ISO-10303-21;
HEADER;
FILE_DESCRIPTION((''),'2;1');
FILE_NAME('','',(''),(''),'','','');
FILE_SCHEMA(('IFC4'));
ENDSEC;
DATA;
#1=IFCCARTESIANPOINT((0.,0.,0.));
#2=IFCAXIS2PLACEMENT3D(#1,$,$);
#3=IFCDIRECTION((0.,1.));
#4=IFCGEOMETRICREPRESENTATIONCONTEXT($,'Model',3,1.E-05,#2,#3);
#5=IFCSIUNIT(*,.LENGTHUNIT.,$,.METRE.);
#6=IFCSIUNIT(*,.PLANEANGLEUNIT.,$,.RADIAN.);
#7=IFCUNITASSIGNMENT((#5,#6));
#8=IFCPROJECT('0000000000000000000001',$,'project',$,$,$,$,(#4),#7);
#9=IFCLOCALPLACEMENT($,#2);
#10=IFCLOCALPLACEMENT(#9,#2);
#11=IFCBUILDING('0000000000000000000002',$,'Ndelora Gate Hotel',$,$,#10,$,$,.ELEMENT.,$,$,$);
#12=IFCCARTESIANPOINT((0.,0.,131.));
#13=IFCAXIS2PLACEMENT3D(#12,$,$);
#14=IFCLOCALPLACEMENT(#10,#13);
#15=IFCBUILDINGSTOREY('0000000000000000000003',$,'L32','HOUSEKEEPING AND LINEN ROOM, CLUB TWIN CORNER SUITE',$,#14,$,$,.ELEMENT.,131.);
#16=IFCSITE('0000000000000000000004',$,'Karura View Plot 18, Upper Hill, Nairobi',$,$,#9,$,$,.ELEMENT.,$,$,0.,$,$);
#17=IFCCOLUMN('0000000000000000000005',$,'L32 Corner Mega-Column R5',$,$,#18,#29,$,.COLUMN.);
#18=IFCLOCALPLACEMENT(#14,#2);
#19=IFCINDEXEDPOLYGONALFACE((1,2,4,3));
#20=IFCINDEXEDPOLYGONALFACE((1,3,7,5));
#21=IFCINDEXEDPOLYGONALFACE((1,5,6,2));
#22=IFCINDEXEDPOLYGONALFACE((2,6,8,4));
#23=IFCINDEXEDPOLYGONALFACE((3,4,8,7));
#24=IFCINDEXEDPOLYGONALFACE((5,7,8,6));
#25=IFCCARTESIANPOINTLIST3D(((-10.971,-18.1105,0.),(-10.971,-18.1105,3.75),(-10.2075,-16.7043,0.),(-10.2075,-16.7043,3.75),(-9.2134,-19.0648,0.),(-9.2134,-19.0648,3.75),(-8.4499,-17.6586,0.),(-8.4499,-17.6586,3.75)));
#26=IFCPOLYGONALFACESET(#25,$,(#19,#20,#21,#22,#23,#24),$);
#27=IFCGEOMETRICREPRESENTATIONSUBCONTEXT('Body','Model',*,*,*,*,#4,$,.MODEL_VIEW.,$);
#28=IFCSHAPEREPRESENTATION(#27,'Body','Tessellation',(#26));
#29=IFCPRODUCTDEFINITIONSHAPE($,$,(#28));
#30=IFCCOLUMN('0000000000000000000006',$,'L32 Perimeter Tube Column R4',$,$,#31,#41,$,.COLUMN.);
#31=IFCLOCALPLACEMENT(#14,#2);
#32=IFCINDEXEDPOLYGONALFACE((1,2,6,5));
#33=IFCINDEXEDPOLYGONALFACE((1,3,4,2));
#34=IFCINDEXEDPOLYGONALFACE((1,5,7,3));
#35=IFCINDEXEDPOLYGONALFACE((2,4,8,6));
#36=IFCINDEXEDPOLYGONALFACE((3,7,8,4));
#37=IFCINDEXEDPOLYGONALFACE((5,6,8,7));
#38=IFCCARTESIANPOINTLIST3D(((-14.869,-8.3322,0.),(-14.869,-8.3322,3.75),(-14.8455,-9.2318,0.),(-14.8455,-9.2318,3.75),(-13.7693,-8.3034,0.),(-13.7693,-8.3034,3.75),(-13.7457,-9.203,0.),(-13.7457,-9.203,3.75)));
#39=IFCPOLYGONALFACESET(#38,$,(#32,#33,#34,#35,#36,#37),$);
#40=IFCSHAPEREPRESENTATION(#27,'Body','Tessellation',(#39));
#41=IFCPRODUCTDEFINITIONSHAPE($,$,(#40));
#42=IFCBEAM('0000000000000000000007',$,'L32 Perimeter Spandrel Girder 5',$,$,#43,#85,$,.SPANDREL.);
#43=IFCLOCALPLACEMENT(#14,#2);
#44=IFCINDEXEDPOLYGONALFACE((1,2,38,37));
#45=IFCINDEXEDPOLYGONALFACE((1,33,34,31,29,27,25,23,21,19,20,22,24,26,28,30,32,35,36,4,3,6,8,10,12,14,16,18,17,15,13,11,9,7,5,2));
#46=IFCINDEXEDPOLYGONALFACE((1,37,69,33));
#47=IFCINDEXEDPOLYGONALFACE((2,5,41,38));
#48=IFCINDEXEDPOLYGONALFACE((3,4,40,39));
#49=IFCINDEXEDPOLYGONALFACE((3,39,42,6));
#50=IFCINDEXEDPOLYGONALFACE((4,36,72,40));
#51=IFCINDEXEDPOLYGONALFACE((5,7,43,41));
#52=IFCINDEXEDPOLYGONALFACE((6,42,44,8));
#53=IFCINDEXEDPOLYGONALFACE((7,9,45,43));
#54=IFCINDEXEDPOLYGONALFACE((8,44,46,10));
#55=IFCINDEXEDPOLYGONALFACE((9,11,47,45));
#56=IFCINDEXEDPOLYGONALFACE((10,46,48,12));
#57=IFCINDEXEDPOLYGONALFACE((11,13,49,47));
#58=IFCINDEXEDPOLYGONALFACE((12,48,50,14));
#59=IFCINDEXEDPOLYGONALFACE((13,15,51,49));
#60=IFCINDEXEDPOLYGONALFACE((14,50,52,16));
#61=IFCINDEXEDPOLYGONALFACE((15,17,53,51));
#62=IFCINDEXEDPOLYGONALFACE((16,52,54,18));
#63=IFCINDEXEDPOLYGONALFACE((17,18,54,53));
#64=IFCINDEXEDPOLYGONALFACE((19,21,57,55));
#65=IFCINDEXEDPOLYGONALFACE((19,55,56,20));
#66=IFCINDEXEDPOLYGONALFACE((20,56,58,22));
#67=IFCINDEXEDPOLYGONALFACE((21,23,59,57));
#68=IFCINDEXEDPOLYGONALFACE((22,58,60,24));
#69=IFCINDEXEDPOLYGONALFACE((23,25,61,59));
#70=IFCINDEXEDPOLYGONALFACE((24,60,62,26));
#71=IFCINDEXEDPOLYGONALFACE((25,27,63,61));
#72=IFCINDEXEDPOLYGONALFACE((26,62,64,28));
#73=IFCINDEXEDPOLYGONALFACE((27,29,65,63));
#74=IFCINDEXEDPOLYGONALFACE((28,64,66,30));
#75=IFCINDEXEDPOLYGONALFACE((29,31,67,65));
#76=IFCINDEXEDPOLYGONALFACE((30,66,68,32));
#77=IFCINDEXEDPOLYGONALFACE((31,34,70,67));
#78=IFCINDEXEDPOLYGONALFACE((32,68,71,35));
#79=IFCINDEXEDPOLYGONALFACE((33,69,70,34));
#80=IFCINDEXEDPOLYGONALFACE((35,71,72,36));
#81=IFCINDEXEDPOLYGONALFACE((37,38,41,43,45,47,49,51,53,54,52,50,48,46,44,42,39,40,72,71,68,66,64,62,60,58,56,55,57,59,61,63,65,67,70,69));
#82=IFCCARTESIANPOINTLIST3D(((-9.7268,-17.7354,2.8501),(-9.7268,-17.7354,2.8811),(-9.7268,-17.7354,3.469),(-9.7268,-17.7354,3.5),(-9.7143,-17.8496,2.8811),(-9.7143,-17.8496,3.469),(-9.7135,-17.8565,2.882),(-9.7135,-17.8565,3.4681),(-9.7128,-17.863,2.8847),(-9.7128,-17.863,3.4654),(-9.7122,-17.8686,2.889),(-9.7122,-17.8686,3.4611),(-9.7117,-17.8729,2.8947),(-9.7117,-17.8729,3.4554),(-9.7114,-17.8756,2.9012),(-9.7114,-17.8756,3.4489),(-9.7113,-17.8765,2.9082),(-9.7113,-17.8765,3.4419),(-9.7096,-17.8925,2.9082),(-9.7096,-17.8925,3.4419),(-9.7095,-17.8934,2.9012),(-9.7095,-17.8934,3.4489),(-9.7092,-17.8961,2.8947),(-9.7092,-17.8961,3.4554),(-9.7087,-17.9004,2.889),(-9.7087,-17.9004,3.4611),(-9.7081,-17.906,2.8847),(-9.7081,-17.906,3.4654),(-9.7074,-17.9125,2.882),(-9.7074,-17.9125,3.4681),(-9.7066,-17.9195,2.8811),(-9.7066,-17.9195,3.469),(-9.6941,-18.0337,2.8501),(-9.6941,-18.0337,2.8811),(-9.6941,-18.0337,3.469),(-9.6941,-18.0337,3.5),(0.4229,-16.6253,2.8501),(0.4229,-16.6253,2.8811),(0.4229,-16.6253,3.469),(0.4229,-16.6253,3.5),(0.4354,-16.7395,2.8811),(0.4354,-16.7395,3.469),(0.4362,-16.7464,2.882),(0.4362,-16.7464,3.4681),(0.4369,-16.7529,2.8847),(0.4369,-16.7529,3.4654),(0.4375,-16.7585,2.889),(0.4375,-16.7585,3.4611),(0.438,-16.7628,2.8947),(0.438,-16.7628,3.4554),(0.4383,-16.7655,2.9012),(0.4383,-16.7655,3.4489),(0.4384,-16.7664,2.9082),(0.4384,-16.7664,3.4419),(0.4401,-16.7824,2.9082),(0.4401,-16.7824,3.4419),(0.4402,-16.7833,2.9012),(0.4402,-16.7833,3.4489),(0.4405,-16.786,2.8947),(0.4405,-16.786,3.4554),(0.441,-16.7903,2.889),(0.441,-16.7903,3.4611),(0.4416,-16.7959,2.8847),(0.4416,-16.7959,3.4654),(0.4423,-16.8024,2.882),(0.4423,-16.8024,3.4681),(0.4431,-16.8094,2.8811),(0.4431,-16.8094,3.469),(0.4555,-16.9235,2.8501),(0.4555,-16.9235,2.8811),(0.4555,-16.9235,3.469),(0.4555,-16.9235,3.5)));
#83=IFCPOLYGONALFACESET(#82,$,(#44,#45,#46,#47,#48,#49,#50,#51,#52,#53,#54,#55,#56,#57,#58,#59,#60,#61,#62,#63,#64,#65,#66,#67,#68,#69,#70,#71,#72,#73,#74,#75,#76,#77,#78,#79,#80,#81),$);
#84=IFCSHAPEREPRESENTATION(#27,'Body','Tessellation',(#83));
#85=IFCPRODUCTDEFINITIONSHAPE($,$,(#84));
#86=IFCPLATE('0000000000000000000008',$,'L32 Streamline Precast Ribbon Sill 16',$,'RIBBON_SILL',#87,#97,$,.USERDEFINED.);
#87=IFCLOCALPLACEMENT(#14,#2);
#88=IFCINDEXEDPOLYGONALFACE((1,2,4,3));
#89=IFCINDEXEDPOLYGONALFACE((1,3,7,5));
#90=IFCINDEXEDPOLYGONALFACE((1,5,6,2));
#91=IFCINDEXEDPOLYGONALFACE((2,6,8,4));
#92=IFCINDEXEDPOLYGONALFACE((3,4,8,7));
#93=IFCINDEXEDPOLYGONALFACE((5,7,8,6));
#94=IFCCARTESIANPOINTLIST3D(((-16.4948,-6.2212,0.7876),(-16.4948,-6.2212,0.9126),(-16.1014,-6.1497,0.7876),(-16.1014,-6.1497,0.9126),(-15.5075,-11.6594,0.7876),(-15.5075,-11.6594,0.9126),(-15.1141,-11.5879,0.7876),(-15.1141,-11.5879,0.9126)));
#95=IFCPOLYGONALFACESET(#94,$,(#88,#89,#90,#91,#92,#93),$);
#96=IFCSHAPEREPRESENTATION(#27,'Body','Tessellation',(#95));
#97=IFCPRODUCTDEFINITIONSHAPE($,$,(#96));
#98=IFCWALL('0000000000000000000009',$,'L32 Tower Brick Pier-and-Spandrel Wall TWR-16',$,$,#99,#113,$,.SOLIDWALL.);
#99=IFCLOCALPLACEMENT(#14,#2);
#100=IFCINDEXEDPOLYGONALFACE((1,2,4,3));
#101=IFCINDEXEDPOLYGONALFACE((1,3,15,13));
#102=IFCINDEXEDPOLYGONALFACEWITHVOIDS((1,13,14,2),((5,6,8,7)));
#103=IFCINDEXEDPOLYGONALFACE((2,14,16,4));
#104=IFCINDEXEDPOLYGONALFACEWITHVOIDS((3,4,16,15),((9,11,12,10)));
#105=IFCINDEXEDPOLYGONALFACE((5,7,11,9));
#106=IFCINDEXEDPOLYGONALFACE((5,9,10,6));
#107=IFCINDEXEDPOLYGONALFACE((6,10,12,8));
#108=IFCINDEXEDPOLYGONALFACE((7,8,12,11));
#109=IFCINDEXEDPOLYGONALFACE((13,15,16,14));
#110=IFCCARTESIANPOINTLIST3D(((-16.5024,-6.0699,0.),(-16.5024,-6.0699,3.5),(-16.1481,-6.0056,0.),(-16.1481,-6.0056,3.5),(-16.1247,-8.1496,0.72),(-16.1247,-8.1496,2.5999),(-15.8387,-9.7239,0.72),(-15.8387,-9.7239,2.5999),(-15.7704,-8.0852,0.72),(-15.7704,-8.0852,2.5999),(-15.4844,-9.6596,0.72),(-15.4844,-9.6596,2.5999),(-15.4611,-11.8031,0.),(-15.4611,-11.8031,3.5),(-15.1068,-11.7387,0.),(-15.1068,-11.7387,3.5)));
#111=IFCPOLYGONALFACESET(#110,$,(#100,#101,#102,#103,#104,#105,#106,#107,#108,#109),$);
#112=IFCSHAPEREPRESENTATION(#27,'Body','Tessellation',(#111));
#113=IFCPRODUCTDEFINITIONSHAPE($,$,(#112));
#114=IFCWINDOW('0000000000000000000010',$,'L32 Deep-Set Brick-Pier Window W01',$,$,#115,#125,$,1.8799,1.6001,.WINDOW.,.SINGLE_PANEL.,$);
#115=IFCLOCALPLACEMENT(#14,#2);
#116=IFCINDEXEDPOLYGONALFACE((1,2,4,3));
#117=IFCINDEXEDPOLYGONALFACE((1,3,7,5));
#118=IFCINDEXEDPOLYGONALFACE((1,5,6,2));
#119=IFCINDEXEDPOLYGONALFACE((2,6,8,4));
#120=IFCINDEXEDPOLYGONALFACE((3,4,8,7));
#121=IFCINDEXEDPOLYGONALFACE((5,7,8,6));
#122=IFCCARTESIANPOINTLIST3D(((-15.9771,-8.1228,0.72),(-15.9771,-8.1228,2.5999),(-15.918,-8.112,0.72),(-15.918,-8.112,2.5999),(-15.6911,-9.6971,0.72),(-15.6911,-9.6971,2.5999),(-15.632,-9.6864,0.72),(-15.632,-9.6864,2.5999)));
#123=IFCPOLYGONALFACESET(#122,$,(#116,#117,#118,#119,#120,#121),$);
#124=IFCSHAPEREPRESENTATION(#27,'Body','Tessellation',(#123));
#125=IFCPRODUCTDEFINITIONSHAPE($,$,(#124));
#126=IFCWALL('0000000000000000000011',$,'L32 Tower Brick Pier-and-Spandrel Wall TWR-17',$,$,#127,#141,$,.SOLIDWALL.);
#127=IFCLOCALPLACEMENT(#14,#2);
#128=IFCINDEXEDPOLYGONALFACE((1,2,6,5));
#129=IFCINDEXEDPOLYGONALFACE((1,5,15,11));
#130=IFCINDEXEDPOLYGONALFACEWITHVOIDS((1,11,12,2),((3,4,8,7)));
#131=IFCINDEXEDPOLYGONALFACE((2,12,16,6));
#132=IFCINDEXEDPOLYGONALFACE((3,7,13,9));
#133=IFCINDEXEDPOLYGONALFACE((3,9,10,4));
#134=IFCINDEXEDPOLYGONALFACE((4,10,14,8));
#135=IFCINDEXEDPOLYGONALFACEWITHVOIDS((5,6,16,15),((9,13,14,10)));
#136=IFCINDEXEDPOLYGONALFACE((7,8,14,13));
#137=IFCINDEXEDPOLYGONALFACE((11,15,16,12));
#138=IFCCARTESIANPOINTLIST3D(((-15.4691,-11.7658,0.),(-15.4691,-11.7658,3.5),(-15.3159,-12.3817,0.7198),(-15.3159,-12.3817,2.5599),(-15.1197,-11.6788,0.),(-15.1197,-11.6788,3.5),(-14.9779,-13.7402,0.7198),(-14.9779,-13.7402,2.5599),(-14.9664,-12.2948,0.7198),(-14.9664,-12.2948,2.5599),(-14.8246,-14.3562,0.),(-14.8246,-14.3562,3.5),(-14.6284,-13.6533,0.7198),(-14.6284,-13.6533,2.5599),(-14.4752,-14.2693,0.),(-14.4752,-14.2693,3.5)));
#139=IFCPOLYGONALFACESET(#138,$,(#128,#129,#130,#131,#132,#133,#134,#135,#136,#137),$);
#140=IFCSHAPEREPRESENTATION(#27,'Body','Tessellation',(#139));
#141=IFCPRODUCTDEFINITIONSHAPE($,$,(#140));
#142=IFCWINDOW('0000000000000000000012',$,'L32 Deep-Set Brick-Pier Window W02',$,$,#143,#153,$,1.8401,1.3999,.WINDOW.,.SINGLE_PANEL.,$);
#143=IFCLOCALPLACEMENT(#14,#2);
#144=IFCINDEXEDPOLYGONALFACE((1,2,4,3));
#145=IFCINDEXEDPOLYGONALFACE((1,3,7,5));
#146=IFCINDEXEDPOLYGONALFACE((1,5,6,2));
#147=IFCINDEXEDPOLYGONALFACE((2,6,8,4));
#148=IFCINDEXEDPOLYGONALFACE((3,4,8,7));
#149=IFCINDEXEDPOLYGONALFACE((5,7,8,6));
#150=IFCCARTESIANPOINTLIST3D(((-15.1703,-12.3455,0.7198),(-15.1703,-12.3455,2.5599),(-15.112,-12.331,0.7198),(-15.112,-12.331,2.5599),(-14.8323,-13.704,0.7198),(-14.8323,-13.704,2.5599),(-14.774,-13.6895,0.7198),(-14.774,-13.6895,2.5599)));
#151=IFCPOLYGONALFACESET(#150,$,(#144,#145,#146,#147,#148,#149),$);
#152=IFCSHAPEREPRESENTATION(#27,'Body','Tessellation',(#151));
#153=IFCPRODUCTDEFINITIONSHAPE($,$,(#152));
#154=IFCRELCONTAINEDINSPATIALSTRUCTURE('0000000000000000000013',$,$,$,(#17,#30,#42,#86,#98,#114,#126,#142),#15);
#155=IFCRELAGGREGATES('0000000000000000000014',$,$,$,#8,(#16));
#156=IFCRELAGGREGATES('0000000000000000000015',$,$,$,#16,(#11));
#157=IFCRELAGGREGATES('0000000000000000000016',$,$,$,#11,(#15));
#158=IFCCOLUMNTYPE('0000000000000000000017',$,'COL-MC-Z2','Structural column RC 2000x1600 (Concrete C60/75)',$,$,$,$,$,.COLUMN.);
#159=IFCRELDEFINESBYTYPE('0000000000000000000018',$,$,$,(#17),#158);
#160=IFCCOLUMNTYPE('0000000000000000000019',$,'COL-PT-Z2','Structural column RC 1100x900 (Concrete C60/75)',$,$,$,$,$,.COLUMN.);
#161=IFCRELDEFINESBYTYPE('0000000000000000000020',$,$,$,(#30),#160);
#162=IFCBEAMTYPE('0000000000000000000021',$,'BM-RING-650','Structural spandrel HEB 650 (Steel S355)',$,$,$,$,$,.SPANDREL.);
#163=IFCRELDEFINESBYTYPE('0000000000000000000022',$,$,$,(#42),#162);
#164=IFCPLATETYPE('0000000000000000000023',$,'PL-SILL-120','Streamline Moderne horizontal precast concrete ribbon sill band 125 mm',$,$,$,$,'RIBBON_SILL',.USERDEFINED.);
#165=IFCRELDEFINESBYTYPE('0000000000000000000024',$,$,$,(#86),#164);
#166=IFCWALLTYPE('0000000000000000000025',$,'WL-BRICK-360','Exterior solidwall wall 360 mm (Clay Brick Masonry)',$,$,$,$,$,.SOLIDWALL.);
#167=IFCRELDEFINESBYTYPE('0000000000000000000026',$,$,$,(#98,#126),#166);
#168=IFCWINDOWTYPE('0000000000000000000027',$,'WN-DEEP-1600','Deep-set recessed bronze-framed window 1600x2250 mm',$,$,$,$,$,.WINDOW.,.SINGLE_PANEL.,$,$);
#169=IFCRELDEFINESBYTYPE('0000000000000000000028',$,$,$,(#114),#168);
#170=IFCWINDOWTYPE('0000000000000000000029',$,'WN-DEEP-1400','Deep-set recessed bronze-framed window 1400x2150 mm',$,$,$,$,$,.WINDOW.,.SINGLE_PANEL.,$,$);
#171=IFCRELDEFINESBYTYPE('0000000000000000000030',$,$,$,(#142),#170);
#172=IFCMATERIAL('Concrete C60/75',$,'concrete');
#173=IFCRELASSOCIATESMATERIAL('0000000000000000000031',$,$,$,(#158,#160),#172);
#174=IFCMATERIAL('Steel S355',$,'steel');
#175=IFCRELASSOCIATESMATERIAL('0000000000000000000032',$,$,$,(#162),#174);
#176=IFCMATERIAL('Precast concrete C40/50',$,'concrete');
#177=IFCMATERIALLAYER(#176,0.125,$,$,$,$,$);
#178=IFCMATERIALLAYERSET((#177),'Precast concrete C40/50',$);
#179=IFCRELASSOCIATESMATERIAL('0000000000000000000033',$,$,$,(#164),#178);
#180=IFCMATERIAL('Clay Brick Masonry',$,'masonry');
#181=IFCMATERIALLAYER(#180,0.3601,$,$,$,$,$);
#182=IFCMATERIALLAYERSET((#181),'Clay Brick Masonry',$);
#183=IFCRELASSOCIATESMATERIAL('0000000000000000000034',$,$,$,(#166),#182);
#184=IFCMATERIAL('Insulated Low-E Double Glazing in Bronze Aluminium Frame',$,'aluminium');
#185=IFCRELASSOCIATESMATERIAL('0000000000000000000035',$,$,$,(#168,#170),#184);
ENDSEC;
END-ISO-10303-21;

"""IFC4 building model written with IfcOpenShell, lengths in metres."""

from ifc_helpers import new_model, si_unit, direction, frame, frame_2d, origin, origin_2d, place, context, subcontext, project, spatial, rectangle, i_section, extrude, material, layer, layer_set, material_profile, profile_set, type_object, element, fill, save


model = new_model("IFC4")

# Units and contexts
model_context = context("Model", 3, precision=1e-05, world=origin(), true_north=direction((0.0, 1.0)))
body_context = subcontext(model_context, "Body", "Model", "MODEL_VIEW")
ifc_project = project(units=[si_unit("LENGTHUNIT", "METRE"), si_unit("PLANEANGLEUNIT", "RADIAN")], contexts=[model_context])

# Site, building, storey
site_placement = place(None, origin())
site = spatial("IfcSite", under=ifc_project, at=site_placement, Name="Karura View Plot 18, Upper Hill, Nairobi", CompositionType="ELEMENT", RefElevation=0.0)
building_placement = place(site_placement, origin())
building = spatial("IfcBuilding", under=site, at=building_placement, Name="Ndelora Gate Hotel", CompositionType="ELEMENT")
storey_placement = place(building_placement, frame((0.0, 0.0, 131.0)))
storey = spatial("IfcBuildingStorey", under=building, at=storey_placement, Name="L32", Description="HOUSEKEEPING AND LINEN ROOM, CLUB TWIN CORNER SUITE", CompositionType="ELEMENT", Elevation=131.0)

# Columns
ifc_material_1 = material(Name="Concrete C60/75", Category="concrete")
ifc_material_profile_1 = material_profile(ifc_material_1, rectangle(XDim=1.6001, YDim=2.0, at=origin_2d()), Name="RC 2000x1600")
ifc_profile_set_1 = profile_set([ifc_material_profile_1], Name="Concrete C60/75")
column_type_1 = type_object("IfcColumnType", Name="COL-MC-Z2", Description="Structural column RC 2000x1600 (Concrete C60/75)", PredefinedType="COLUMN", material=ifc_profile_set_1)
column_1_placement = place(storey_placement, frame((-9.7104, -17.8845, 0.0), z_axis=(0.0, 0.0, 1.0), x_axis=(0.477159, 0.878817, 0.0)))
element("IfcColumn", 1, at=column_1_placement, inside=storey, type_object=column_type_1, Name="L32 Corner Mega-Column R5", PredefinedType="COLUMN", context=body_context, shape_type="SweptSolid", body=[
    extrude(rectangle(XDim=1.6001, YDim=2.0, at=origin_2d()), origin(), (0.0, 0.0, 1.0), 3.75),
])
ifc_material_profile_2 = material_profile(ifc_material_1, rectangle(XDim=0.8999, YDim=1.1001, at=origin_2d()), Name="RC 1100x900")
ifc_profile_set_2 = profile_set([ifc_material_profile_2], Name="Concrete C60/75")
column_type_2 = type_object("IfcColumnType", Name="COL-PT-Z2", Description="Structural column RC 1100x900 (Concrete C60/75)", PredefinedType="COLUMN", material=ifc_profile_set_2)
column_2_placement = place(storey_placement, frame((-14.3074, -8.7676, 0.0), z_axis=(0.0, 0.0, 1.0), x_axis=(-0.026177, 0.999657, 0.0)))
element("IfcColumn", 2, at=column_2_placement, inside=storey, type_object=column_type_2, Name="L32 Perimeter Tube Column R4", PredefinedType="COLUMN", context=body_context, shape_type="SweptSolid", body=[
    extrude(rectangle(XDim=0.8999, YDim=1.1001, at=origin_2d()), origin(), (0.0, 0.0, 1.0), 3.75),
])

# Beam
ifc_material_2 = material(Name="Steel S355", Category="steel")
ifc_material_profile_3 = material_profile(ifc_material_2, i_section(OverallWidth=0.3, OverallDepth=0.6499, WebThickness=0.0161, FlangeThickness=0.031, FilletRadius=0.0271, at=origin_2d()), Name="HEB 650")
ifc_profile_set_3 = profile_set([ifc_material_profile_3], Name="Steel S355")
beam_type = type_object("IfcBeamType", Name="BM-RING-650", Description="Structural spandrel HEB 650 (Steel S355)", PredefinedType="SPANDREL", material=ifc_profile_set_3)
beam_placement = place(storey_placement, frame((-9.7104, -17.8845, 3.175), z_axis=(0.994072, 0.108725, 0.0), x_axis=(-0.108725, 0.994072, 0.0)))
element("IfcBeam", 3, at=beam_placement, inside=storey, type_object=beam_type, Name="L32 Perimeter Spandrel Girder 5", PredefinedType="SPANDREL", context=body_context, shape_type="SweptSolid", body=[
    extrude(i_section(OverallWidth=0.3, OverallDepth=0.6499, WebThickness=0.0161, FlangeThickness=0.031, FilletRadius=0.0271, at=origin_2d()), origin(), (0.0, 0.0, 1.0), 10.2102),
])

# Plate
ifc_material_3 = material(Name="Precast concrete C40/50", Category="concrete")
ifc_layer_1 = layer(ifc_material_3, 0.125)
ifc_layer_set_1 = layer_set([ifc_layer_1], Name="Precast concrete C40/50")
plate_type = type_object("IfcPlateType", Name="PL-SILL-120", Description="Streamline Moderne horizontal precast concrete ribbon sill band 125 mm", ElementType="RIBBON_SILL", PredefinedType="USERDEFINED", material=ifc_layer_set_1)
plate_placement = place(storey_placement, frame((-15.8044, -8.9045, 0.7876), z_axis=(0.0, 0.0, 1.0), x_axis=(-0.17863, 0.983916, 0.0)))
element("IfcPlate", 4, at=plate_placement, inside=storey, type_object=plate_type, Name="L32 Streamline Precast Ribbon Sill 16", ObjectType="RIBBON_SILL", PredefinedType="USERDEFINED", context=body_context, shape_type="SweptSolid", body=[
    extrude(rectangle(XDim=5.5271, YDim=0.3999, at=origin_2d()), origin(), (0.0, 0.0, 1.0), 0.125),
])

# Walls, openings, windows
ifc_material_4 = material(Name="Clay Brick Masonry", Category="masonry")
ifc_layer_2 = layer(ifc_material_4, 0.3601)
ifc_layer_set_2 = layer_set([ifc_layer_2], Name="Clay Brick Masonry")
wall_type = type_object("IfcWallType", Name="WL-BRICK-360", Description="Exterior solidwall wall 360 mm (Clay Brick Masonry)", PredefinedType="SOLIDWALL", material=ifc_layer_set_2)
wall_1_placement = place(storey_placement, frame((-15.2839, -11.771, 0.0), z_axis=(0.0, 0.0, 1.0), x_axis=(-0.178697, 0.983904, 0.0)))
wall_1 = element("IfcWall", 5, at=wall_1_placement, inside=storey, type_object=wall_type, Name="L32 Tower Brick Pier-and-Spandrel Wall TWR-16", PredefinedType="SOLIDWALL", context=body_context, shape_type="SweptSolid", body=[
    extrude(rectangle(XDim=5.8269, YDim=0.3601, at=frame_2d((2.9136, 0.0))), origin(), (0.0, 0.0, 1.0), 3.5),
])
opening_1_placement = place(wall_1_placement, frame((2.1133, 0.0, 0.72)))
opening_1 = element("IfcOpeningElement", 6, at=opening_1_placement, cuts=wall_1, PredefinedType="OPENING", context=body_context, shape_type="SweptSolid", body=[
    extrude(rectangle(XDim=1.6001, YDim=1.8799, at=frame_2d((0.8, 0.9399))), frame((0.0, 0.1899, 0.0), z_axis=(0.0, -1.0, 0.0), x_axis=(1.0, 0.0, 0.0)), (0.0, 0.0, 1.0), 0.3801),
])
ifc_material_5 = material(Name="Insulated Low-E Double Glazing in Bronze Aluminium Frame", Category="aluminium")
window_type_1 = type_object("IfcWindowType", Name="WN-DEEP-1600", Description="Deep-set recessed bronze-framed window 1600x2250 mm", PartitioningType="SINGLE_PANEL", PredefinedType="WINDOW", material=ifc_material_5)
window_1_placement = place(opening_1_placement, origin())
window_1 = element("IfcWindow", 7, at=window_1_placement, inside=storey, type_object=window_type_1, Name="L32 Deep-Set Brick-Pier Window W01", OverallHeight=1.8799, OverallWidth=1.6001, PartitioningType="SINGLE_PANEL", PredefinedType="WINDOW", context=body_context, shape_type="SweptSolid", body=[
    extrude(rectangle(XDim=1.6001, YDim=1.8799, at=frame_2d((0.8, 0.9399))), frame((0.0, 0.03, 0.0), z_axis=(0.0, -1.0, 0.0), x_axis=(1.0, 0.0, 0.0)), (0.0, 0.0, 1.0), 0.0601),
])
fill(opening_1, window_1)
wall_2_placement = place(storey_placement, frame((-14.6499, -14.3127, 0.0), z_axis=(0.0, 0.0, 1.0), x_axis=(-0.241438, 0.970416, 0.0)))
wall_2 = element("IfcWall", 8, at=wall_2_placement, inside=storey, type_object=wall_type, Name="L32 Tower Brick Pier-and-Spandrel Wall TWR-17", PredefinedType="SOLIDWALL", context=body_context, shape_type="SweptSolid", body=[
    extrude(rectangle(XDim=2.6694, YDim=0.3601, at=frame_2d((1.3347, 0.0))), origin(), (0.0, 0.0, 1.0), 3.5),
])
opening_2_placement = place(wall_2_placement, frame((0.6348, 0.0, 0.72)))
opening_2 = element("IfcOpeningElement", 9, at=opening_2_placement, cuts=wall_2, PredefinedType="OPENING", context=body_context, shape_type="SweptSolid", body=[
    extrude(rectangle(XDim=1.3999, YDim=1.8401, at=frame_2d((0.7, 0.9199))), frame((0.0, 0.1899, 0.0), z_axis=(0.0, -1.0, 0.0), x_axis=(1.0, 0.0, 0.0)), (0.0, 0.0, 1.0), 0.3801),
])
window_type_2 = type_object("IfcWindowType", Name="WN-DEEP-1400", Description="Deep-set recessed bronze-framed window 1400x2150 mm", PartitioningType="SINGLE_PANEL", PredefinedType="WINDOW", material=ifc_material_5)
window_2_placement = place(opening_2_placement, origin())
window_2 = element("IfcWindow", 10, at=window_2_placement, inside=storey, type_object=window_type_2, Name="L32 Deep-Set Brick-Pier Window W02", OverallHeight=1.8401, OverallWidth=1.3999, PartitioningType="SINGLE_PANEL", PredefinedType="WINDOW", context=body_context, shape_type="SweptSolid", body=[
    extrude(rectangle(XDim=1.3999, YDim=1.8401, at=frame_2d((0.7, 0.9199))), frame((0.0, 0.03, 0.0), z_axis=(0.0, -1.0, 0.0), x_axis=(1.0, 0.0, 0.0)), (0.0, 0.0, 1.0), 0.0601),
])
fill(opening_2, window_2)

save(model, "model.ifc")
